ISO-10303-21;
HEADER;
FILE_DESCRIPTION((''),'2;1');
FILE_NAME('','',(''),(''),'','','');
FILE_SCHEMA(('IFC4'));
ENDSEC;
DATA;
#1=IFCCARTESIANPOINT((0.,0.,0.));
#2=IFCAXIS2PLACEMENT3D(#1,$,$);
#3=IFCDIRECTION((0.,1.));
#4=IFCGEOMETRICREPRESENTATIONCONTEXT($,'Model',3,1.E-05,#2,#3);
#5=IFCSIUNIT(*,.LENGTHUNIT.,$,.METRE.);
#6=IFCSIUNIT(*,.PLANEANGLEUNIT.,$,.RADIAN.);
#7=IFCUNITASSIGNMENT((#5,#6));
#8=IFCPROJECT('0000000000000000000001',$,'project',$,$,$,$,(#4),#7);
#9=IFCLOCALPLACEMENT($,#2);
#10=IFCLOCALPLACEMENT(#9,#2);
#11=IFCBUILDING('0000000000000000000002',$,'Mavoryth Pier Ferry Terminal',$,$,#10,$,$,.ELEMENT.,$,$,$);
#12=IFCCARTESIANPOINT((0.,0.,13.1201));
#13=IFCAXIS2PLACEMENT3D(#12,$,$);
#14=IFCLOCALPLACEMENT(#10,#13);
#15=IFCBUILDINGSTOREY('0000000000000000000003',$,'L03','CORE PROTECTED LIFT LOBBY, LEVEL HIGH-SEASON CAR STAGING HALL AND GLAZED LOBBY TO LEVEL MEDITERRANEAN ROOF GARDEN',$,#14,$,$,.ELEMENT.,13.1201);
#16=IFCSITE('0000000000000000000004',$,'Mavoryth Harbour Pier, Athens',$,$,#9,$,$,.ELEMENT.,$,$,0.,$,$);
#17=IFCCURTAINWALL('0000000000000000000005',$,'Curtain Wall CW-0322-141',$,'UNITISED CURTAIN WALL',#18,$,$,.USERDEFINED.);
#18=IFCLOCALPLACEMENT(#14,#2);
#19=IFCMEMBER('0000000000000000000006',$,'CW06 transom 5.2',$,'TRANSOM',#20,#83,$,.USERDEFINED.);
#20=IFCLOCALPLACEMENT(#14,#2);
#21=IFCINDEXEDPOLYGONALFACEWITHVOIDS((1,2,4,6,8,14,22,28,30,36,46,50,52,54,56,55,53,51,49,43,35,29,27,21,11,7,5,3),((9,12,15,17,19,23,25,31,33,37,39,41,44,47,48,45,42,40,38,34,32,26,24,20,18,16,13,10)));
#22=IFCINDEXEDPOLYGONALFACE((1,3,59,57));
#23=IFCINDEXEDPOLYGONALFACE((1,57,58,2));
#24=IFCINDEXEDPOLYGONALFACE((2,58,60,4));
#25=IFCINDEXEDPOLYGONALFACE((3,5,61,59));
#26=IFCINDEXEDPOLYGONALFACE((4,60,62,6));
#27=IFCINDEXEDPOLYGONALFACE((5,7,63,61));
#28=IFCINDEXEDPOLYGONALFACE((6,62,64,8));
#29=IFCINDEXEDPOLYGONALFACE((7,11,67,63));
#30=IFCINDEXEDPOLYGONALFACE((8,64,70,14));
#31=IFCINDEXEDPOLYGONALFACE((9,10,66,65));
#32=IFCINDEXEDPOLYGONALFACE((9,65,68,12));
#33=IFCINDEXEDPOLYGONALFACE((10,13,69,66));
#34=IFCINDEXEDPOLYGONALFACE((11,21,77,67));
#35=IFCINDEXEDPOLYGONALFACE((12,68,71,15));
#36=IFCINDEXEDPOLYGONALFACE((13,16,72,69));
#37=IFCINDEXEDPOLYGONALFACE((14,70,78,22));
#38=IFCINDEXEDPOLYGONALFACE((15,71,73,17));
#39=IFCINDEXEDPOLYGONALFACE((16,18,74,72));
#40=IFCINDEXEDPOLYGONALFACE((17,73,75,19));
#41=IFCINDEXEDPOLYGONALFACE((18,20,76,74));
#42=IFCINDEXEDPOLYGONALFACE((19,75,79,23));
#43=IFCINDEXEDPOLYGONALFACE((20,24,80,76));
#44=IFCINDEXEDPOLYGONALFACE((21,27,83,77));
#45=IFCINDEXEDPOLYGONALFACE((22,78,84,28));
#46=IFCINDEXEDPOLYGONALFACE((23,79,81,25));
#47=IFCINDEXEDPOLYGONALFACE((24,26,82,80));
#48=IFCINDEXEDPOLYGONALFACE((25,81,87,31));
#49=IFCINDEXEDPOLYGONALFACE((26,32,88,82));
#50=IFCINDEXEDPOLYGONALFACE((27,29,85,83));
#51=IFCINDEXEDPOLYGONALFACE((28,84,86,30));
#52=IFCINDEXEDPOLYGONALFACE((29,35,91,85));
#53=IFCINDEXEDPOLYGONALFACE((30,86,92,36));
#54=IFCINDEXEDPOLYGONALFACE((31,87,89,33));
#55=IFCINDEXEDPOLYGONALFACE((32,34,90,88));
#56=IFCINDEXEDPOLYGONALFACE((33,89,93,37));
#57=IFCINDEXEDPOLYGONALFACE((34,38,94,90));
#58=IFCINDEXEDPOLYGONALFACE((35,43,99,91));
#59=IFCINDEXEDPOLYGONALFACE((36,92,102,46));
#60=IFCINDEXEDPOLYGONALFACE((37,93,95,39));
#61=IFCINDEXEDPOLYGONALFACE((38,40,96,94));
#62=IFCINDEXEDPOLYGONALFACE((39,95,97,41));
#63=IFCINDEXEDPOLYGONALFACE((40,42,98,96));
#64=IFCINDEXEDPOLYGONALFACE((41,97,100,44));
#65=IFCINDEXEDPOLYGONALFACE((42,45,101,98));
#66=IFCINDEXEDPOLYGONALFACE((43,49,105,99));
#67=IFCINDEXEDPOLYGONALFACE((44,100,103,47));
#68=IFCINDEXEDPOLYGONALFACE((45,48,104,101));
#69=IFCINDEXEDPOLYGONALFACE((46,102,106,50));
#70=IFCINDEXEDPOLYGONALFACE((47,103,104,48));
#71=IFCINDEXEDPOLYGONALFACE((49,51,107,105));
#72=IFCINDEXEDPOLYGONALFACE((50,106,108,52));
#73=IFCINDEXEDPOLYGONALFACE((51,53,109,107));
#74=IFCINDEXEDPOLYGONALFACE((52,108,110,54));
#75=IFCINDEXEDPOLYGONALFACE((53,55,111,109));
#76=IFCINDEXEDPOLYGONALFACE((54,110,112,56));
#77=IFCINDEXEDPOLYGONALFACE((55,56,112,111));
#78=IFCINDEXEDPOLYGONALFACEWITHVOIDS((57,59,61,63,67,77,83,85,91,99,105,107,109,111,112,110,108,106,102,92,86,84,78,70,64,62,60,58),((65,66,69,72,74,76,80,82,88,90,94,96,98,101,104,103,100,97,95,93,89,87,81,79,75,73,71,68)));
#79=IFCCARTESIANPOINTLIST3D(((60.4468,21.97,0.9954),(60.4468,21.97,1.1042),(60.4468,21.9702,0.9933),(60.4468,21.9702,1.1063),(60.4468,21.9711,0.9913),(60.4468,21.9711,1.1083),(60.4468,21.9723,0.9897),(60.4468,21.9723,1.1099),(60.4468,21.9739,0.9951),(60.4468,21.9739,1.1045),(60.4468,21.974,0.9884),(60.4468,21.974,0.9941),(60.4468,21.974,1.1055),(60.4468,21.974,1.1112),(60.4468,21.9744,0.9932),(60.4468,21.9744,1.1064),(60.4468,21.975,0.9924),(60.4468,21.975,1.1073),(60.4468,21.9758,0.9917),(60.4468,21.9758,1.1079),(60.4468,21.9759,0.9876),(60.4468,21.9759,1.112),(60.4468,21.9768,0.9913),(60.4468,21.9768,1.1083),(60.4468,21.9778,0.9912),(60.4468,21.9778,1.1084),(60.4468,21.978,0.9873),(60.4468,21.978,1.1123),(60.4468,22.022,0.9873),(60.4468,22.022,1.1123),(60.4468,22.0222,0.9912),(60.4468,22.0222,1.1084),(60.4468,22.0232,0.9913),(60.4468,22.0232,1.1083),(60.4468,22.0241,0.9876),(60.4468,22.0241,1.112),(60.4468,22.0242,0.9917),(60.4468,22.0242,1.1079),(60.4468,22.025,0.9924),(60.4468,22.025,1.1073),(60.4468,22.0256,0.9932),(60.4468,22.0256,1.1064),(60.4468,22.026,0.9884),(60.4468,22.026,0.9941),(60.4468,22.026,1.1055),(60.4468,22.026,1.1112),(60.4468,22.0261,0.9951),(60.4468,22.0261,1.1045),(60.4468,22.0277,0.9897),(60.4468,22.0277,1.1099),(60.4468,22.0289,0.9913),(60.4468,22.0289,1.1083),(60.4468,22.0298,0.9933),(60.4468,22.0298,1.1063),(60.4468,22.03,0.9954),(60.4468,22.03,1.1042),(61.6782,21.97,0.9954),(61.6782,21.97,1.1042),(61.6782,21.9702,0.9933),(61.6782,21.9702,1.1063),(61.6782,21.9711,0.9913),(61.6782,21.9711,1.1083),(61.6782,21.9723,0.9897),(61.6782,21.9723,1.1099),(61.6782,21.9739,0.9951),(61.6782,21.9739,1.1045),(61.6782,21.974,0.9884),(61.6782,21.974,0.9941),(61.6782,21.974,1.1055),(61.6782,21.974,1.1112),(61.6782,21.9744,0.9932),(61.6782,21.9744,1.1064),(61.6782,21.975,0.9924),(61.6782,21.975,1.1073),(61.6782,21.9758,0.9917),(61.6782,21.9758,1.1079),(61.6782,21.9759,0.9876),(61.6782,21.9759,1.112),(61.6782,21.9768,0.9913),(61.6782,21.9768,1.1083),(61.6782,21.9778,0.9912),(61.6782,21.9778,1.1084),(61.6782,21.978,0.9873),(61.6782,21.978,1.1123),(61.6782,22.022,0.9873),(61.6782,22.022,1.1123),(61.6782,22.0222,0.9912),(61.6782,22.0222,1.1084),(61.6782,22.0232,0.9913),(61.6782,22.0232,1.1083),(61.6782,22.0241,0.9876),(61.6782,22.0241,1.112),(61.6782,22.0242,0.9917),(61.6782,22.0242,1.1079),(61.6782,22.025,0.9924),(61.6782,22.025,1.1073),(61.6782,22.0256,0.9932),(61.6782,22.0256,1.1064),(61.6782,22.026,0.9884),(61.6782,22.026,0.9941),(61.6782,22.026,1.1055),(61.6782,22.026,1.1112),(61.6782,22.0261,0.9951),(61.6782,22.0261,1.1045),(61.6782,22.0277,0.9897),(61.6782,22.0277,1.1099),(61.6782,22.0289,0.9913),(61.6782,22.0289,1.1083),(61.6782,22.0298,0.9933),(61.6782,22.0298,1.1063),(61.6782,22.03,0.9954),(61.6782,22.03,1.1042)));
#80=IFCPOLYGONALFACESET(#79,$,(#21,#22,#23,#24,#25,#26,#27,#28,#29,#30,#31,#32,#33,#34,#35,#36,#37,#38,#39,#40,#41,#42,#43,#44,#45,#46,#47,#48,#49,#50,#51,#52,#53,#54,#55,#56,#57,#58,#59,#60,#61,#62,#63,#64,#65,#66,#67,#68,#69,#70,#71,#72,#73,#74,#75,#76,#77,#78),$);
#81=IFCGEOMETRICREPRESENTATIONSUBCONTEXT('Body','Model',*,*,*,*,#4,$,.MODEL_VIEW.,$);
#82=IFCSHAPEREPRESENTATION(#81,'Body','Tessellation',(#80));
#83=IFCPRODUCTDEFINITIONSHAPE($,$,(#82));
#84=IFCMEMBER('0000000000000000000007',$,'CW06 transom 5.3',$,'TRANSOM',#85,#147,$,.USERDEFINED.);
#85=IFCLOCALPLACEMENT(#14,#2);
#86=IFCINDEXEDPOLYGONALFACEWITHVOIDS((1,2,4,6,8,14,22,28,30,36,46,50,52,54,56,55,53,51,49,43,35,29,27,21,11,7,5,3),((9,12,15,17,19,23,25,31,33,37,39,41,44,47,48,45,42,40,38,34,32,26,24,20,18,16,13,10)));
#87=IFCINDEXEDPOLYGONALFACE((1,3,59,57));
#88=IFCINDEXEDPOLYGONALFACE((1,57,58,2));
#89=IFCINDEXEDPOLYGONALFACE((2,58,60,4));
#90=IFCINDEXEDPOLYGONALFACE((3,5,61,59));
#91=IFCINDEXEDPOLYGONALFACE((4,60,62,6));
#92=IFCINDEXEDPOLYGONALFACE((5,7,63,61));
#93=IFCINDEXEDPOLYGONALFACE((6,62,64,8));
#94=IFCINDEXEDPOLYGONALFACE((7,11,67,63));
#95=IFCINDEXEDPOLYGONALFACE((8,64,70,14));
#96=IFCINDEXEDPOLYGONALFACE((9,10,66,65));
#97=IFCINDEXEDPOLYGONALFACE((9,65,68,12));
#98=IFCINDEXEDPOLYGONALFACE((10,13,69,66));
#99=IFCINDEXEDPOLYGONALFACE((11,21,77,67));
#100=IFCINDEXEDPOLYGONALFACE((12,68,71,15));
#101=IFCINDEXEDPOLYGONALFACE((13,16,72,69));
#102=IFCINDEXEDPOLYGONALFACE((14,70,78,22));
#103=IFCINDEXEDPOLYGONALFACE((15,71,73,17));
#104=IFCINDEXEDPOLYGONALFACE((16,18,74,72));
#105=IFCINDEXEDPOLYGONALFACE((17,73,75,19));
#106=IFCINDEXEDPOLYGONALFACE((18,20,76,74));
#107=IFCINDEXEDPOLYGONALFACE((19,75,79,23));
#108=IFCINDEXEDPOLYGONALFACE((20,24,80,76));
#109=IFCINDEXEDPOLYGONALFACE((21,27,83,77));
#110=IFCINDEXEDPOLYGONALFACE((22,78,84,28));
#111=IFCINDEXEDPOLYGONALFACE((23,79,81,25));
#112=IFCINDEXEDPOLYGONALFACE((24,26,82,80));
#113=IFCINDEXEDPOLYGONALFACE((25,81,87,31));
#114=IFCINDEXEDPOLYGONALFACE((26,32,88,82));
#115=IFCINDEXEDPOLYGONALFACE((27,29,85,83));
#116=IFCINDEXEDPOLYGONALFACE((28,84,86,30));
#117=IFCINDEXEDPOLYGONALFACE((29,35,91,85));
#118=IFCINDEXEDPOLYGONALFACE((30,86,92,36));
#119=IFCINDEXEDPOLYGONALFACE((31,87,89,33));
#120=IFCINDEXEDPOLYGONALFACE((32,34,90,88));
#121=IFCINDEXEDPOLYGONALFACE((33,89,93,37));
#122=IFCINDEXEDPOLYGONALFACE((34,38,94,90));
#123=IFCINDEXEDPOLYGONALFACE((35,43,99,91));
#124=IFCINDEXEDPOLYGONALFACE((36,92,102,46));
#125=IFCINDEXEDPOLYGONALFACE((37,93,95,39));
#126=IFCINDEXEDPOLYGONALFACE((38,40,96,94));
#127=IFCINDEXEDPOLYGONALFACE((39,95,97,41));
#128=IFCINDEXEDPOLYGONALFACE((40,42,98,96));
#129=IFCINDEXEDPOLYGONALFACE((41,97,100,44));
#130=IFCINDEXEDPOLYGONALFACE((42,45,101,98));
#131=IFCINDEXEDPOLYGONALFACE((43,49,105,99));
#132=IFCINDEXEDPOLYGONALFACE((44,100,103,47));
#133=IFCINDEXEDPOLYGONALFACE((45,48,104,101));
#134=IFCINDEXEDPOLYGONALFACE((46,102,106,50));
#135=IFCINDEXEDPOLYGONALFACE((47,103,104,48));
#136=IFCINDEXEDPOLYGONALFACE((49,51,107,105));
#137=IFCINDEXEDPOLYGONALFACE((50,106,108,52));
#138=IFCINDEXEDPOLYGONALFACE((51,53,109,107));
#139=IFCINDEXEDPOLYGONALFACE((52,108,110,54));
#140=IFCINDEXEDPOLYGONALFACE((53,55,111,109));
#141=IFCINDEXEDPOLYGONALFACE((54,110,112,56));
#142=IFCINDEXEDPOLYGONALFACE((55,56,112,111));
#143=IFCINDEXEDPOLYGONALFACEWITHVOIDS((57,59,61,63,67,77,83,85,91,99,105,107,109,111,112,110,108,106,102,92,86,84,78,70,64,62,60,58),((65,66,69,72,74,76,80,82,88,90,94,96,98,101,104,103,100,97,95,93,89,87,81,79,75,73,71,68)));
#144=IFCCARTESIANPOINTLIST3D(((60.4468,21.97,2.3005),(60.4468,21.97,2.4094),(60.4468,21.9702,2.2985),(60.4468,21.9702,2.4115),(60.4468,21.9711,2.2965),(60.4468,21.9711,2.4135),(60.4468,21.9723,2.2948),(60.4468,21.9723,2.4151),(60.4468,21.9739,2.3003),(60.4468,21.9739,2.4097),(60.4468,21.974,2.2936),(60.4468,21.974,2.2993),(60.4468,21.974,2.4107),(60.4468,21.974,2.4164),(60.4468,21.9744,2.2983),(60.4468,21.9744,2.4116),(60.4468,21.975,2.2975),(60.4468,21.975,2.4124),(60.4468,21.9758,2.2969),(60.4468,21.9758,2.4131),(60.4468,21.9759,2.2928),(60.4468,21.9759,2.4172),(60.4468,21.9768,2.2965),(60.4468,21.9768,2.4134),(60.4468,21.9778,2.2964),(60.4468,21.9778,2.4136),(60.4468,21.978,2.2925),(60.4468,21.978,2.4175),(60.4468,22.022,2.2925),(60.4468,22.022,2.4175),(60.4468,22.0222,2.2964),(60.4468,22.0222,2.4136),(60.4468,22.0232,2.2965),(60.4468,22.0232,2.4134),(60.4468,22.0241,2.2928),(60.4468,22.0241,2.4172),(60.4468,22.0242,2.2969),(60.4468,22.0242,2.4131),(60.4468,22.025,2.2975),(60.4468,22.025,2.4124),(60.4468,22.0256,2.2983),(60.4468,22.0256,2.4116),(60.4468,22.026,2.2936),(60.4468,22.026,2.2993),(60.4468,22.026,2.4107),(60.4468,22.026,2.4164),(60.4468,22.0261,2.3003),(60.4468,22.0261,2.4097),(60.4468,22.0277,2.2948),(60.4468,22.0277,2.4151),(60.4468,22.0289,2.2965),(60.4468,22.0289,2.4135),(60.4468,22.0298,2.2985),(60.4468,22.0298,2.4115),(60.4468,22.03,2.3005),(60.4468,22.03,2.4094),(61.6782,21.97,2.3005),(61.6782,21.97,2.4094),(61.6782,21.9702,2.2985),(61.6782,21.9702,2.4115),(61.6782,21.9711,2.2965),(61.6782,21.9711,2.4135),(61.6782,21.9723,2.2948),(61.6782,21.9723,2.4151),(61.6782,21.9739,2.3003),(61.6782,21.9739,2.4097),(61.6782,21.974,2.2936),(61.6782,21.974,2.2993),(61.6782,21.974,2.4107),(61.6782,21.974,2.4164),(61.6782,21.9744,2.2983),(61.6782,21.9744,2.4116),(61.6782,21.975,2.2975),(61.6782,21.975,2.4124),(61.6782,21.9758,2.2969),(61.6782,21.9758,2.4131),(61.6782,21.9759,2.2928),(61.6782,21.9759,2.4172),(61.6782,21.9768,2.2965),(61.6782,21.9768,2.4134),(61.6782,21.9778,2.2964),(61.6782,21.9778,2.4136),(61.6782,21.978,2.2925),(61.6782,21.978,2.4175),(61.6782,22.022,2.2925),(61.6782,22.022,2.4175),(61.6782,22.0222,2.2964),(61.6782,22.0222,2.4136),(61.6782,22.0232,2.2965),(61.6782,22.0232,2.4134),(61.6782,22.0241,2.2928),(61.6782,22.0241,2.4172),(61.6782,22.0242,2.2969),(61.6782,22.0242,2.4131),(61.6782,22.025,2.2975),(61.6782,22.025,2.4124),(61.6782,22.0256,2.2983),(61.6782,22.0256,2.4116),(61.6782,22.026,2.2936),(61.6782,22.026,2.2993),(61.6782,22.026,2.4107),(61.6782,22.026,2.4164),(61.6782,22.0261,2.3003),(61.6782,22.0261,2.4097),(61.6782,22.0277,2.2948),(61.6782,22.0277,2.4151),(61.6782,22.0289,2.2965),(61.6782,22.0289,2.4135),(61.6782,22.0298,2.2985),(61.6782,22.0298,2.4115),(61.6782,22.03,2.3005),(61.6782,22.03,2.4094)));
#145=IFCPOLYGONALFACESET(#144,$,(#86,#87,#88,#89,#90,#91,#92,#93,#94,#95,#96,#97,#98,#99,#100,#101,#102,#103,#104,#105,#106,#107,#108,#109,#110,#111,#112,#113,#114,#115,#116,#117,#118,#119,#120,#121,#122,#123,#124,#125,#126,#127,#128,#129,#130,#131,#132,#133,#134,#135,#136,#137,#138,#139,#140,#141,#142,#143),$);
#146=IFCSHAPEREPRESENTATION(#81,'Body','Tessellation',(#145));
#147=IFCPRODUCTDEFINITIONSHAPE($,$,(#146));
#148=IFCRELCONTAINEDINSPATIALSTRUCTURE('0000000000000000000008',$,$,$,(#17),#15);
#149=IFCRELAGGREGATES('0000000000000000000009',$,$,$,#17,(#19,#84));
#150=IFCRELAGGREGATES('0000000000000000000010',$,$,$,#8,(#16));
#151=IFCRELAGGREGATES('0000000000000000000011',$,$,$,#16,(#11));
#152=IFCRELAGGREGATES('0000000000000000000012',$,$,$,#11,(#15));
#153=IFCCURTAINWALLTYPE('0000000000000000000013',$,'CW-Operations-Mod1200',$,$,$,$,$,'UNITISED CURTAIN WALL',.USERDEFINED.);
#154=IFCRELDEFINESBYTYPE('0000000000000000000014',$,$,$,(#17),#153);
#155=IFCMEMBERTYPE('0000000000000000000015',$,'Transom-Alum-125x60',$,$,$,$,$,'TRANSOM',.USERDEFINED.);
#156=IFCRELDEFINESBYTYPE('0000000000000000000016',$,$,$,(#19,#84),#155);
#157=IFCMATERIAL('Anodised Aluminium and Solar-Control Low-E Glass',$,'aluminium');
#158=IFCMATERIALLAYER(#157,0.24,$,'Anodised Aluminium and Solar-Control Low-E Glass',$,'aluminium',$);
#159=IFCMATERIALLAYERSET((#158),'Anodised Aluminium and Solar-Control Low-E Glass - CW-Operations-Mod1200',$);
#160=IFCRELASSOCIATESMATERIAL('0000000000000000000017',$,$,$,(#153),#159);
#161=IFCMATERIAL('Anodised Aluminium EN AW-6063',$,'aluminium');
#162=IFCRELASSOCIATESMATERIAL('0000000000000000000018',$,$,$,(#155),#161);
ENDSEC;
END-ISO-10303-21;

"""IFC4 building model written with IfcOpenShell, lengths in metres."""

from ifc_helpers import new_model, si_unit, direction, frame, origin, origin_2d, place, context, subcontext, project, spatial, hollow_rectangle, extrude, material, layer, layer_set, material_profile, profile_set, type_object, element, aggregate, save


model = new_model("IFC4")

# Units and contexts
model_context = context("Model", 3, precision=1e-05, world=origin(), true_north=direction((0.0, 1.0)))
body_context = subcontext(model_context, "Body", "Model", "MODEL_VIEW")
ifc_project = project(units=[si_unit("LENGTHUNIT", "METRE"), si_unit("PLANEANGLEUNIT", "RADIAN")], contexts=[model_context])

# Site, building, storey
site_placement = place(None, origin())
site = spatial("IfcSite", under=ifc_project, at=site_placement, Name="Mavoryth Harbour Pier, Athens", CompositionType="ELEMENT", RefElevation=0.0)
building_placement = place(site_placement, origin())
building = spatial("IfcBuilding", under=site, at=building_placement, Name="Mavoryth Pier Ferry Terminal", CompositionType="ELEMENT")
storey_placement = place(building_placement, frame((0.0, 0.0, 13.1201)))
storey = spatial("IfcBuildingStorey", under=building, at=storey_placement, Name="L03", Description="CORE PROTECTED LIFT LOBBY, LEVEL HIGH-SEASON CAR STAGING HALL AND GLAZED LOBBY TO LEVEL MEDITERRANEAN ROOF GARDEN", CompositionType="ELEMENT", Elevation=13.1201)

# Shared definitions
ifc_material_1 = material(Name="Anodised Aluminium and Solar-Control Low-E Glass", Category="aluminium")
ifc_layer_1 = layer(ifc_material_1, 0.24, Name="Anodised Aluminium and Solar-Control Low-E Glass", Category="aluminium")
ifc_layer_set_1 = layer_set([ifc_layer_1], Name="Anodised Aluminium and Solar-Control Low-E Glass - CW-Operations-Mod1200")
curtain_wall_type = type_object("IfcCurtainWallType", Name="CW-Operations-Mod1200", ElementType="UNITISED CURTAIN WALL", PredefinedType="USERDEFINED", material=ifc_layer_set_1)
ifc_material_2 = material(Name="Anodised Aluminium EN AW-6063", Category="aluminium")

# Curtain wall
curtain_wall_1_placement = place(storey_placement, origin())
curtain_wall_1 = element("IfcCurtainWall", 1, at=curtain_wall_1_placement, inside=storey, type_object=curtain_wall_type, Name="Curtain Wall CW-0322-141", ObjectType="UNITISED CURTAIN WALL", PredefinedType="USERDEFINED")

# Members
ifc_material_profile_1 = material_profile(ifc_material_2, hollow_rectangle(XDim=0.0601, YDim=0.125, WallThickness=0.0039, InnerFilletRadius=0.0039, OuterFilletRadius=0.0081, at=origin_2d()), Name="AL-TRAN 125x60x4", Category="aluminium")
ifc_profile_set_1 = profile_set([ifc_material_profile_1], Name="Anodised Aluminium EN AW-6063 - AL-TRAN 125x60x4")
member_type_1 = type_object("IfcMemberType", Name="Transom-Alum-125x60", ElementType="TRANSOM", PredefinedType="USERDEFINED", material=ifc_profile_set_1)
member_1_placement = place(storey_placement, frame((61.6782, 22.0, 1.0498), z_axis=(-1.0, 0.0, 0.0), x_axis=(0.0, -1.0, 0.0)))
member_1 = element("IfcMember", 2, at=member_1_placement, type_object=member_type_1, Name="CW06 transom 5.2", ObjectType="TRANSOM", PredefinedType="USERDEFINED", context=body_context, shape_type="SweptSolid", body=[
    extrude(hollow_rectangle(XDim=0.0601, YDim=0.125, WallThickness=0.0039, InnerFilletRadius=0.0039, OuterFilletRadius=0.0081, at=origin_2d()), origin(), (0.0, 0.0, 1.0), 1.2314),
])
member_2_placement = place(storey_placement, frame((61.6782, 22.0, 2.355), z_axis=(-1.0, 0.0, 0.0), x_axis=(0.0, -1.0, 0.0)))
member_2 = element("IfcMember", 3, at=member_2_placement, type_object=member_type_1, Name="CW06 transom 5.3", ObjectType="TRANSOM", PredefinedType="USERDEFINED", context=body_context, shape_type="SweptSolid", body=[
    extrude(hollow_rectangle(XDim=0.0601, YDim=0.125, WallThickness=0.0039, InnerFilletRadius=0.0039, OuterFilletRadius=0.0081, at=origin_2d()), origin(), (0.0, 0.0, 1.0), 1.2314),
])

aggregate(curtain_wall_1, [member_1, member_2])

save(model, "model.ifc")
